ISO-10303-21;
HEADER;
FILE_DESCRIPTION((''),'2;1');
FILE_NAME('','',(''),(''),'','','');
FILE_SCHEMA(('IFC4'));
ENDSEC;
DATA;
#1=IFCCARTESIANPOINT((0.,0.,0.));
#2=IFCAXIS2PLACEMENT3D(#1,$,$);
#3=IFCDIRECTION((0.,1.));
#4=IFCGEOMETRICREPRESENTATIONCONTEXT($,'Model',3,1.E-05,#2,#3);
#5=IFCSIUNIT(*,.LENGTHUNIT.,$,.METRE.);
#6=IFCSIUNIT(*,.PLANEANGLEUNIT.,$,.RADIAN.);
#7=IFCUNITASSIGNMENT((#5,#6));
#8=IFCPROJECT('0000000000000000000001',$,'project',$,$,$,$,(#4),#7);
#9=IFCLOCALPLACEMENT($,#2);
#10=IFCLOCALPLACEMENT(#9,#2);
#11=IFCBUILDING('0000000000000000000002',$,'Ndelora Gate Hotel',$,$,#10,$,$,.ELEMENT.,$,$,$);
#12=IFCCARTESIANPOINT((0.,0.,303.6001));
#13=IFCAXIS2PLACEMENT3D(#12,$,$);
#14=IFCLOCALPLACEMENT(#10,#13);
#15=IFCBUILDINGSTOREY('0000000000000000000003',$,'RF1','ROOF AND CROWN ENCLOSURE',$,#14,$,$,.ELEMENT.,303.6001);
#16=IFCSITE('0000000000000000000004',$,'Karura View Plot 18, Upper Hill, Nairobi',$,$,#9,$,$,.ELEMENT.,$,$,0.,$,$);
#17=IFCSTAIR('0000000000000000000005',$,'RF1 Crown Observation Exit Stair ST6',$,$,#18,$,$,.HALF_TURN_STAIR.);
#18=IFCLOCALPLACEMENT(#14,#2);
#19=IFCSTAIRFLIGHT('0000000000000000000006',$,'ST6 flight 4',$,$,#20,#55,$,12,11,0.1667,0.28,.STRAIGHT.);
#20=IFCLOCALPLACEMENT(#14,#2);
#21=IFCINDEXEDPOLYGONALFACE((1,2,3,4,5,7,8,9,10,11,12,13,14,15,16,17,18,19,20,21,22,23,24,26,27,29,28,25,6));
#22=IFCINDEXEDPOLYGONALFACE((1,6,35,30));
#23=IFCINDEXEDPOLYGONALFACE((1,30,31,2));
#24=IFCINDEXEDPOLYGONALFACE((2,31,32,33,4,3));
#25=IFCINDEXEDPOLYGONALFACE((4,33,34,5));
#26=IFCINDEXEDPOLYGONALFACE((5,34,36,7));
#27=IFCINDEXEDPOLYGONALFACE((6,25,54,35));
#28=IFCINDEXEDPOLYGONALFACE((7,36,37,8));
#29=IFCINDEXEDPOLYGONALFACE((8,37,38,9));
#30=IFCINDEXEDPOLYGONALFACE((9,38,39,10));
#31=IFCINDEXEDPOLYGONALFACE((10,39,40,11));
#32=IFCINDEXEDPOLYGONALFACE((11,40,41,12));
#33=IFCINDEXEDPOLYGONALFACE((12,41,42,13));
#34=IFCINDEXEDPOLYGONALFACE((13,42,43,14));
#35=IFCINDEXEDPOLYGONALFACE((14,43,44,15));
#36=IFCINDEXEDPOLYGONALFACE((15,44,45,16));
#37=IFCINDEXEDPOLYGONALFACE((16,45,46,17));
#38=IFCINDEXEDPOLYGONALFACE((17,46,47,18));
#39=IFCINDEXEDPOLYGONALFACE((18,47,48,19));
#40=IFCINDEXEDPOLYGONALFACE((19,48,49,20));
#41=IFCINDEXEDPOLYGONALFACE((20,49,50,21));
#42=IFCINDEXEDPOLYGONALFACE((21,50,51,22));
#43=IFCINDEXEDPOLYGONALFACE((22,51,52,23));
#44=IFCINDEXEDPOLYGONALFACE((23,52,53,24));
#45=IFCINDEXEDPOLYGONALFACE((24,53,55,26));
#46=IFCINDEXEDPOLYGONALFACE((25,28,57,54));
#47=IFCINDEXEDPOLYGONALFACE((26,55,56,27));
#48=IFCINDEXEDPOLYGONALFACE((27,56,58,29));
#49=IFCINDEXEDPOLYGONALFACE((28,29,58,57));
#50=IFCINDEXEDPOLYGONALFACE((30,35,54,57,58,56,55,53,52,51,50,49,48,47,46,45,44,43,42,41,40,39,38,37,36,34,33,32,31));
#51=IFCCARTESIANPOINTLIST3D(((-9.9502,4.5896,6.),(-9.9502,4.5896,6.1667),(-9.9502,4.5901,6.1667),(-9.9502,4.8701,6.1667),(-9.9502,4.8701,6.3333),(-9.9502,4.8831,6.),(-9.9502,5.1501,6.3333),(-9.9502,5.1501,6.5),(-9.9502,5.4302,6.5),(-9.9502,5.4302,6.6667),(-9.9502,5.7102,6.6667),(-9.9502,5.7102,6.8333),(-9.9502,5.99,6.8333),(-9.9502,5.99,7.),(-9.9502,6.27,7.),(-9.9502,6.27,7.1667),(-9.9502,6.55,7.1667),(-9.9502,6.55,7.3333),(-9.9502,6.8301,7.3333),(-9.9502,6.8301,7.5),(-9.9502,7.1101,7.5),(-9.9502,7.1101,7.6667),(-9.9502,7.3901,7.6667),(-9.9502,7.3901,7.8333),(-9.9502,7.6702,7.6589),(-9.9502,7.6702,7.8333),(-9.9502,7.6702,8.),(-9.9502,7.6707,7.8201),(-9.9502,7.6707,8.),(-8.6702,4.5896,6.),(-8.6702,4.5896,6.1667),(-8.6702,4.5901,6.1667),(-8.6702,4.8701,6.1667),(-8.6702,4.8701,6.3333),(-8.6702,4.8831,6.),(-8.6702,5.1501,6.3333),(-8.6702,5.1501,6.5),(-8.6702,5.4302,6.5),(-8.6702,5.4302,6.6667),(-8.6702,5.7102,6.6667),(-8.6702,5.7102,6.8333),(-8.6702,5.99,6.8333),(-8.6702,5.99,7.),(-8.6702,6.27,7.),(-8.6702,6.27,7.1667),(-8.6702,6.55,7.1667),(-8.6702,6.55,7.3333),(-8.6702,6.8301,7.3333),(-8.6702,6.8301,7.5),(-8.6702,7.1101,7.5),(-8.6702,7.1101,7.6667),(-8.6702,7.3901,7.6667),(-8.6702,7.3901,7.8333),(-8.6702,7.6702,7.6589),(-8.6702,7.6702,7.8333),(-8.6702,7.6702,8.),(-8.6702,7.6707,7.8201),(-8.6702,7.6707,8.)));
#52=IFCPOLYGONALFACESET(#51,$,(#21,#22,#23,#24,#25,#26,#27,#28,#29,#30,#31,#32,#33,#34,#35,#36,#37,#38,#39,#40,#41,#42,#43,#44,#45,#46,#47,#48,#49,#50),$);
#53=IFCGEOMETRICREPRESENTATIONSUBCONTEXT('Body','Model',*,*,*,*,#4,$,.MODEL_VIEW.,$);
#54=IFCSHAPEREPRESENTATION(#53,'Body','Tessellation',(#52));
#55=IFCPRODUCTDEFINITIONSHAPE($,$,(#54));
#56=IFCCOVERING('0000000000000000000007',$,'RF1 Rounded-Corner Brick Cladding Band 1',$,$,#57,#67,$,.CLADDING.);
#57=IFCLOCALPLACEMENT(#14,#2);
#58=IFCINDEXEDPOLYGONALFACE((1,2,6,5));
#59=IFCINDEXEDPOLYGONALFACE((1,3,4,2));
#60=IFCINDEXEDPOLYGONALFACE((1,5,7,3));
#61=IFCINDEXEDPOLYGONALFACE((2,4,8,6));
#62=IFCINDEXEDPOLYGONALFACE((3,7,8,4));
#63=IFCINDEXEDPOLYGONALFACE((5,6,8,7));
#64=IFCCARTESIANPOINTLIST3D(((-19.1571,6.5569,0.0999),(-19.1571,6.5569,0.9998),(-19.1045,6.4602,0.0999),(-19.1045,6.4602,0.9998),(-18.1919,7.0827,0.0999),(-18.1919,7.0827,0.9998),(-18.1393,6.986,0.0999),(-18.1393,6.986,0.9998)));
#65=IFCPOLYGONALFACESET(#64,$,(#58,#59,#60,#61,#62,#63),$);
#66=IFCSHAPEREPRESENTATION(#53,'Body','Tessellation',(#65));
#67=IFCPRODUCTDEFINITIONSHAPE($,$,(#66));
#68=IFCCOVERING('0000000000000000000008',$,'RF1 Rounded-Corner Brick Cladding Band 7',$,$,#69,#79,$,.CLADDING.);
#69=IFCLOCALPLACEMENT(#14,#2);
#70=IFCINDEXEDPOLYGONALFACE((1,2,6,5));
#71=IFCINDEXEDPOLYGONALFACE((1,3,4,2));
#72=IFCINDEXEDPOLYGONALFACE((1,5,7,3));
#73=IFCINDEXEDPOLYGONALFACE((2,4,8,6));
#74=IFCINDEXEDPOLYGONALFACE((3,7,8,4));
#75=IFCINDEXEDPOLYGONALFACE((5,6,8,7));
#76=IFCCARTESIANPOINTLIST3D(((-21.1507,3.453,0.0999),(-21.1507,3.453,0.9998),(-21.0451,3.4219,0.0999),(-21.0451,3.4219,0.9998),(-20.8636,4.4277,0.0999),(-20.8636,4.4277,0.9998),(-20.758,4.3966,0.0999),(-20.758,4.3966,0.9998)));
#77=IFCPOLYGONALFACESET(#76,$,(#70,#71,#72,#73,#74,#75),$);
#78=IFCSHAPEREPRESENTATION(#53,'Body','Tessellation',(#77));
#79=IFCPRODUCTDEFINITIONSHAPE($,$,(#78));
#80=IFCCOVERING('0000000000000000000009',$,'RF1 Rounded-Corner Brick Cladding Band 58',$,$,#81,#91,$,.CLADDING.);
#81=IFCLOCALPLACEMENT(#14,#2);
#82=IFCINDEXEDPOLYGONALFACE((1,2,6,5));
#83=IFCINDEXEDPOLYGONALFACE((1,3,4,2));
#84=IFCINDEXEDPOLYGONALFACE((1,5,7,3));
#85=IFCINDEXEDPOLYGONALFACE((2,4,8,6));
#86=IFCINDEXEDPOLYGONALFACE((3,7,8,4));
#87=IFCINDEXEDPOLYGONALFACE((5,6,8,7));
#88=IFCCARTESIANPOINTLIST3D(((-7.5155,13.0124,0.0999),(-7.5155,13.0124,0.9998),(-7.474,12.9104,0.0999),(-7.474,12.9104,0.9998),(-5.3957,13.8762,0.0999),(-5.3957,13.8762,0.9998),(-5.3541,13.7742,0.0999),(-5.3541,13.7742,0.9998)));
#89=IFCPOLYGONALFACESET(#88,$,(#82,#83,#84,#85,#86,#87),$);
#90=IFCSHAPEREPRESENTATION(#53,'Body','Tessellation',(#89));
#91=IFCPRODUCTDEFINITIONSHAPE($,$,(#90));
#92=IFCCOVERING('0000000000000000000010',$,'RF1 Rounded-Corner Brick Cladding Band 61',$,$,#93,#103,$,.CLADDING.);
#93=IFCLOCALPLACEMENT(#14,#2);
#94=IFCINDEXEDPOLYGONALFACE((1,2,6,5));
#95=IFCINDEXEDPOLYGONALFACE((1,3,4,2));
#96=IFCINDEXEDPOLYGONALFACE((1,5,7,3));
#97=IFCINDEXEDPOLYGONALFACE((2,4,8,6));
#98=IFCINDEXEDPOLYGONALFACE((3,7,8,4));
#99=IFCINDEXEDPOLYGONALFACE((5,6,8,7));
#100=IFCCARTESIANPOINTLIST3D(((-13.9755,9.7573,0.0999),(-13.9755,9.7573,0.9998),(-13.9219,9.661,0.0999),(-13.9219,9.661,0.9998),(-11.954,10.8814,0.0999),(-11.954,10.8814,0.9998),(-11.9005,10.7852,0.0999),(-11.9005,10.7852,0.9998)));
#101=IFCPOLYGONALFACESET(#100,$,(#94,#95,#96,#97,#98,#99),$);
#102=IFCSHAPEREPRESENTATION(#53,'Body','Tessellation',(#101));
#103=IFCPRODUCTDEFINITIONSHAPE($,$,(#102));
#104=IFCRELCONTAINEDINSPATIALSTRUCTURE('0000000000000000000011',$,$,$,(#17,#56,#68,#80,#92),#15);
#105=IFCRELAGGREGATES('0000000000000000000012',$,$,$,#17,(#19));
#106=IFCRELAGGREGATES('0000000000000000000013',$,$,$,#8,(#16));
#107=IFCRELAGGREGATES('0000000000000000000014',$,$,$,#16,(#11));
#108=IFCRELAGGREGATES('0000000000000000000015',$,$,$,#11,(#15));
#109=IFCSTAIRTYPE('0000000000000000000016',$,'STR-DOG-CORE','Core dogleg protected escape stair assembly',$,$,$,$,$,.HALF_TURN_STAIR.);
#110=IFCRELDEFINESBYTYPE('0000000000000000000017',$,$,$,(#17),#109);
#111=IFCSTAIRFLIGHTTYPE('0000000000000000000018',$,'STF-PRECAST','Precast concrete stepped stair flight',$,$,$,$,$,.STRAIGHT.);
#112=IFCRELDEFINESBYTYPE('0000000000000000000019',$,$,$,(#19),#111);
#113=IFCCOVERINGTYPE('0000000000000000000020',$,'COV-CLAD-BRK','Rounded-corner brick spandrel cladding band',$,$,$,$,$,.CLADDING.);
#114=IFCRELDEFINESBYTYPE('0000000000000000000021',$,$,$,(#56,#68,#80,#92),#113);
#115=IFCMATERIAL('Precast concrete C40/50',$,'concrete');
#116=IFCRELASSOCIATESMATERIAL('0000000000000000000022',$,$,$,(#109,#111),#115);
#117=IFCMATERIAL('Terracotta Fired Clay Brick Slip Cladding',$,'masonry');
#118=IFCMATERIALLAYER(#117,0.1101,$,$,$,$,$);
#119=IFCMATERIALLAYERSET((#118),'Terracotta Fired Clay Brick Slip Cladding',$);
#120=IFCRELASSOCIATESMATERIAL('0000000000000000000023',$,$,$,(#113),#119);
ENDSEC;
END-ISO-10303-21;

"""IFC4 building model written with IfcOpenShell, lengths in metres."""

from ifc_helpers import new_model, si_unit, direction, frame, origin, origin_2d, place, context, subcontext, project, spatial, polyline, rectangle, outline, extrude, material, layer, layer_set, type_object, element, aggregate, save


model = new_model("IFC4")

# Units and contexts
model_context = context("Model", 3, precision=1e-05, world=origin(), true_north=direction((0.0, 1.0)))
body_context = subcontext(model_context, "Body", "Model", "MODEL_VIEW")
ifc_project = project(units=[si_unit("LENGTHUNIT", "METRE"), si_unit("PLANEANGLEUNIT", "RADIAN")], contexts=[model_context])

# Site, building, storey
site_placement = place(None, origin())
site = spatial("IfcSite", under=ifc_project, at=site_placement, Name="Karura View Plot 18, Upper Hill, Nairobi", CompositionType="ELEMENT", RefElevation=0.0)
building_placement = place(site_placement, origin())
building = spatial("IfcBuilding", under=site, at=building_placement, Name="Ndelora Gate Hotel", CompositionType="ELEMENT")
storey_placement = place(building_placement, frame((0.0, 0.0, 303.6001)))
storey = spatial("IfcBuildingStorey", under=building, at=storey_placement, Name="RF1", Description="ROOF AND CROWN ENCLOSURE", CompositionType="ELEMENT", Elevation=303.6001)

# Shared definitions
ifc_material_1 = material(Name="Precast concrete C40/50", Category="concrete")

# Stair, stair flight
stair_type = type_object("IfcStairType", Name="STR-DOG-CORE", Description="Core dogleg protected escape stair assembly", PredefinedType="HALF_TURN_STAIR", material=ifc_material_1)
stair_placement = place(storey_placement, origin())
stair = element("IfcStair", 1, at=stair_placement, inside=storey, type_object=stair_type, Name="RF1 Crown Observation Exit Stair ST6", PredefinedType="HALF_TURN_STAIR")
stair_flight_type = type_object("IfcStairFlightType", Name="STF-PRECAST", Description="Precast concrete stepped stair flight", PredefinedType="STRAIGHT", material=ifc_material_1)
stair_flight_1_placement = place(storey_placement, frame((-9.3101, 4.5901, 6.0), z_axis=(0.0, 0.0, 1.0), x_axis=(0.0, 1.0, 0.0)))
stair_flight_1 = element("IfcStairFlight", 2, at=stair_flight_1_placement, type_object=stair_flight_type, Name="ST6 flight 4", NumberOfRisers=12, NumberOfTreads=11, PredefinedType="STRAIGHT", RiserHeight=0.1667, TreadLength=0.28, context=body_context, shape_type="SweptSolid", body=[
    extrude(outline(polyline([(-0.0005, 0.0), (-0.0005, 0.1667), (0.0, 0.1667), (0.28, 0.1667), (0.28, 0.3333), (0.5601, 0.3333), (0.5601, 0.5), (0.8401, 0.5), (0.8401, 0.6667), (1.1201, 0.6667), (1.1201, 0.8333), (1.3999, 0.8333), (1.3999, 1.0), (1.6799, 1.0), (1.6799, 1.1667), (1.96, 1.1667), (1.96, 1.3333), (2.24, 1.3333), (2.24, 1.5), (2.52, 1.5), (2.52, 1.6667), (2.8, 1.6667), (2.8, 1.8333), (3.0801, 1.8333), (3.0801, 2.0), (3.0806, 2.0), (3.0806, 1.8201), (3.0801, 1.6589), (0.293, 0.0), (-0.0005, 0.0)])), frame((0.0, 0.6401, 0.0), z_axis=(0.0, -1.0, 0.0), x_axis=(1.0, 0.0, 0.0)), (0.0, 0.0, 1.0), 1.28),
])
aggregate(stair, [stair_flight_1])

# Coverings
ifc_material_2 = material(Name="Terracotta Fired Clay Brick Slip Cladding", Category="masonry")
ifc_layer_1 = layer(ifc_material_2, 0.1101)
ifc_layer_set_1 = layer_set([ifc_layer_1], Name="Terracotta Fired Clay Brick Slip Cladding")
covering_type = type_object("IfcCoveringType", Name="COV-CLAD-BRK", Description="Rounded-corner brick spandrel cladding band", PredefinedType="CLADDING", material=ifc_layer_set_1)
covering_1_placement = place(storey_placement, frame((-18.6482, 6.7715, 0.0999), z_axis=(0.0, 0.0, 1.0), x_axis=(0.87815, 0.478385, 0.0)))
element("IfcCovering", 3, at=covering_1_placement, inside=storey, type_object=covering_type, Name="RF1 Rounded-Corner Brick Cladding Band 1", PredefinedType="CLADDING", context=body_context, shape_type="SweptSolid", body=[
    extrude(rectangle(XDim=1.0991, YDim=0.1101, at=origin_2d()), origin(), (0.0, 0.0, 1.0), 0.8999),
])
covering_2_placement = place(storey_placement, frame((-20.9543, 3.9248, 0.0999), z_axis=(0.0, 0.0, 1.0), x_axis=(0.282509, 0.959265, 0.0)))
element("IfcCovering", 4, at=covering_2_placement, inside=storey, type_object=covering_type, Name="RF1 Rounded-Corner Brick Cladding Band 7", PredefinedType="CLADDING", context=body_context, shape_type="SweptSolid", body=[
    extrude(rectangle(XDim=1.0161, YDim=0.1101, at=origin_2d()), origin(), (0.0, 0.0, 1.0), 0.8999),
])
covering_3_placement = place(storey_placement, frame((-6.4348, 13.3933, 0.0999), z_axis=(0.0, 0.0, 1.0), x_axis=(0.926068, 0.377356, 0.0)))
element("IfcCovering", 5, at=covering_3_placement, inside=storey, type_object=covering_type, Name="RF1 Rounded-Corner Brick Cladding Band 58", PredefinedType="CLADDING", context=body_context, shape_type="SweptSolid", body=[
    extrude(rectangle(XDim=2.2891, YDim=0.1101, at=origin_2d()), origin(), (0.0, 0.0, 1.0), 0.8999),
])
covering_4_placement = place(storey_placement, frame((-12.938, 10.2712, 0.0999), z_axis=(0.0, 0.0, 1.0), x_axis=(0.873942, 0.48603, 0.0)))
element("IfcCovering", 6, at=covering_4_placement, inside=storey, type_object=covering_type, Name="RF1 Rounded-Corner Brick Cladding Band 61", PredefinedType="CLADDING", context=body_context, shape_type="SweptSolid", body=[
    extrude(rectangle(XDim=2.313, YDim=0.1101, at=origin_2d()), origin(), (0.0, 0.0, 1.0), 0.8999),
])

save(model, "model.ifc")
